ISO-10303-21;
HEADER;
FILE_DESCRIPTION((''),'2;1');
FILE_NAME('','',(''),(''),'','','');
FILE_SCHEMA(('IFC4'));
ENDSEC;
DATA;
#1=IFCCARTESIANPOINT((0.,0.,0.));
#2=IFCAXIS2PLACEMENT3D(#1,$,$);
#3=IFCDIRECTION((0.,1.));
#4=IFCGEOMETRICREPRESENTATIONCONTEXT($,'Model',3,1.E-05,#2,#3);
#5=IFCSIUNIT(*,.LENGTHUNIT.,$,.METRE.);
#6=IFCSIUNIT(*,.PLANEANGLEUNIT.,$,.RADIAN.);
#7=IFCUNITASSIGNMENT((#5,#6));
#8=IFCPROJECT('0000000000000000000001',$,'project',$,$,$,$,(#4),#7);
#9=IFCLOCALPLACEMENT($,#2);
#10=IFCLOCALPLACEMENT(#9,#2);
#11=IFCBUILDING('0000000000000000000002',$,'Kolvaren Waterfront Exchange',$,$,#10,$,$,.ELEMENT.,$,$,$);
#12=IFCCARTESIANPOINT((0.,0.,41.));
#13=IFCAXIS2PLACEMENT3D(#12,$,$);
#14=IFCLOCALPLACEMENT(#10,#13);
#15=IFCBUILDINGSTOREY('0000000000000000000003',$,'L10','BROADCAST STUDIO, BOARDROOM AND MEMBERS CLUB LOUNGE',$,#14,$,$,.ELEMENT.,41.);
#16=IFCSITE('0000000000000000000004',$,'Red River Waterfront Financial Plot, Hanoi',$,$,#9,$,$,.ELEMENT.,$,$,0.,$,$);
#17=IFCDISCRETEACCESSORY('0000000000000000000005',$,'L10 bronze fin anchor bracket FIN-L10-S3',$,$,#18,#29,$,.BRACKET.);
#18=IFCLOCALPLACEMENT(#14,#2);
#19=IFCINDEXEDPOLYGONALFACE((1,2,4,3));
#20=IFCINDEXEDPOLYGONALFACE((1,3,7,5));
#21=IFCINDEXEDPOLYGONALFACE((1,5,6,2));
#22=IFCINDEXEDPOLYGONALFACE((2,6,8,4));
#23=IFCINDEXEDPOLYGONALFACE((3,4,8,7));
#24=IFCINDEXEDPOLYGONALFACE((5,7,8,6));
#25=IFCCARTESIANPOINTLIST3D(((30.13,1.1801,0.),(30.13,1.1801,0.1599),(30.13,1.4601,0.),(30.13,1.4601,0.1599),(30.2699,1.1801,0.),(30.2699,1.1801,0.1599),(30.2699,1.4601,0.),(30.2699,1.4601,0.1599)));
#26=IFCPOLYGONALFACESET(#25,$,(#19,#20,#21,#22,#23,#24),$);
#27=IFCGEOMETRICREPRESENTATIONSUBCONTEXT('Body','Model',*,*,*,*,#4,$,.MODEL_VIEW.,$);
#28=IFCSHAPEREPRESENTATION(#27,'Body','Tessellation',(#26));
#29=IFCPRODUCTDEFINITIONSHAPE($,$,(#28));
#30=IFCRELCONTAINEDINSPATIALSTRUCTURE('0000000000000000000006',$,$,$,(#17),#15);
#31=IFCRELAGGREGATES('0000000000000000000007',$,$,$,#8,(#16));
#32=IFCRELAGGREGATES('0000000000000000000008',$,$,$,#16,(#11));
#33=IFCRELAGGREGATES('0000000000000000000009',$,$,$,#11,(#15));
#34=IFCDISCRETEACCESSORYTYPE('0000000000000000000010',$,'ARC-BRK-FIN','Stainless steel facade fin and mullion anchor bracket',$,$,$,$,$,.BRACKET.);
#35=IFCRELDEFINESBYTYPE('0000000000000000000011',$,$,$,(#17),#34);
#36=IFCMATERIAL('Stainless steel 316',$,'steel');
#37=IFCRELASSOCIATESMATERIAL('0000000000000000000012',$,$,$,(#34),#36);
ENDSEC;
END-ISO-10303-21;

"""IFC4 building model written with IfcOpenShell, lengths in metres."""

from ifc_helpers import new_model, si_unit, direction, frame, origin, origin_with_axes, origin_2d, place, context, subcontext, project, spatial, rectangle, extrude, source, transform, mapped, material, type_object, element, save


model = new_model("IFC4")

# Units and contexts
model_context = context("Model", 3, precision=1e-05, world=origin(), true_north=direction((0.0, 1.0)))
body_context = subcontext(model_context, "Body", "Model", "MODEL_VIEW")
ifc_project = project(units=[si_unit("LENGTHUNIT", "METRE"), si_unit("PLANEANGLEUNIT", "RADIAN")], contexts=[model_context])

# Site, building, storey
site_placement = place(None, origin())
site = spatial("IfcSite", under=ifc_project, at=site_placement, Name="Red River Waterfront Financial Plot, Hanoi", CompositionType="ELEMENT", RefElevation=0.0)
building_placement = place(site_placement, origin())
building = spatial("IfcBuilding", under=site, at=building_placement, Name="Kolvaren Waterfront Exchange", CompositionType="ELEMENT")
storey_placement = place(building_placement, frame((0.0, 0.0, 41.0)))
storey = spatial("IfcBuildingStorey", under=building, at=storey_placement, Name="L10", Description="BROADCAST STUDIO, BOARDROOM AND MEMBERS CLUB LOUNGE", CompositionType="ELEMENT", Elevation=41.0)

# Shared definitions
ifc_material_1 = material(Name="Stainless steel 316", Category="steel")

# Discrete accessory
discrete_accessory_type = type_object("IfcDiscreteAccessoryType", Name="ARC-BRK-FIN", Description="Stainless steel facade fin and mullion anchor bracket", PredefinedType="BRACKET", material=ifc_material_1)
shared_shape_1 = source(origin_with_axes(), body_context, "Body", "SweptSolid", [
    extrude(rectangle(XDim=0.28, YDim=0.1399, at=origin_2d()), origin(), (0.0, 0.0, 1.0), 0.1599),
])
discrete_accessory_placement = place(storey_placement, frame((30.2, 1.3201, 0.0), z_axis=(0.0, 0.0, 1.0), x_axis=(0.0, -1.0, 0.0)))
element("IfcDiscreteAccessory", 1, at=discrete_accessory_placement, inside=storey, type_object=discrete_accessory_type, Name="L10 bronze fin anchor bracket FIN-L10-S3", PredefinedType="BRACKET", context=body_context, shape_type="MappedRepresentation", body=[
    mapped(shared_shape_1, transform((0.0, 0.0, 0.0), x_axis=(1.0, 0.0, 0.0), y_axis=(0.0, 1.0, 0.0), z_axis=(0.0, 0.0, 1.0), scale=1.0)),
])

save(model, "model.ifc")
